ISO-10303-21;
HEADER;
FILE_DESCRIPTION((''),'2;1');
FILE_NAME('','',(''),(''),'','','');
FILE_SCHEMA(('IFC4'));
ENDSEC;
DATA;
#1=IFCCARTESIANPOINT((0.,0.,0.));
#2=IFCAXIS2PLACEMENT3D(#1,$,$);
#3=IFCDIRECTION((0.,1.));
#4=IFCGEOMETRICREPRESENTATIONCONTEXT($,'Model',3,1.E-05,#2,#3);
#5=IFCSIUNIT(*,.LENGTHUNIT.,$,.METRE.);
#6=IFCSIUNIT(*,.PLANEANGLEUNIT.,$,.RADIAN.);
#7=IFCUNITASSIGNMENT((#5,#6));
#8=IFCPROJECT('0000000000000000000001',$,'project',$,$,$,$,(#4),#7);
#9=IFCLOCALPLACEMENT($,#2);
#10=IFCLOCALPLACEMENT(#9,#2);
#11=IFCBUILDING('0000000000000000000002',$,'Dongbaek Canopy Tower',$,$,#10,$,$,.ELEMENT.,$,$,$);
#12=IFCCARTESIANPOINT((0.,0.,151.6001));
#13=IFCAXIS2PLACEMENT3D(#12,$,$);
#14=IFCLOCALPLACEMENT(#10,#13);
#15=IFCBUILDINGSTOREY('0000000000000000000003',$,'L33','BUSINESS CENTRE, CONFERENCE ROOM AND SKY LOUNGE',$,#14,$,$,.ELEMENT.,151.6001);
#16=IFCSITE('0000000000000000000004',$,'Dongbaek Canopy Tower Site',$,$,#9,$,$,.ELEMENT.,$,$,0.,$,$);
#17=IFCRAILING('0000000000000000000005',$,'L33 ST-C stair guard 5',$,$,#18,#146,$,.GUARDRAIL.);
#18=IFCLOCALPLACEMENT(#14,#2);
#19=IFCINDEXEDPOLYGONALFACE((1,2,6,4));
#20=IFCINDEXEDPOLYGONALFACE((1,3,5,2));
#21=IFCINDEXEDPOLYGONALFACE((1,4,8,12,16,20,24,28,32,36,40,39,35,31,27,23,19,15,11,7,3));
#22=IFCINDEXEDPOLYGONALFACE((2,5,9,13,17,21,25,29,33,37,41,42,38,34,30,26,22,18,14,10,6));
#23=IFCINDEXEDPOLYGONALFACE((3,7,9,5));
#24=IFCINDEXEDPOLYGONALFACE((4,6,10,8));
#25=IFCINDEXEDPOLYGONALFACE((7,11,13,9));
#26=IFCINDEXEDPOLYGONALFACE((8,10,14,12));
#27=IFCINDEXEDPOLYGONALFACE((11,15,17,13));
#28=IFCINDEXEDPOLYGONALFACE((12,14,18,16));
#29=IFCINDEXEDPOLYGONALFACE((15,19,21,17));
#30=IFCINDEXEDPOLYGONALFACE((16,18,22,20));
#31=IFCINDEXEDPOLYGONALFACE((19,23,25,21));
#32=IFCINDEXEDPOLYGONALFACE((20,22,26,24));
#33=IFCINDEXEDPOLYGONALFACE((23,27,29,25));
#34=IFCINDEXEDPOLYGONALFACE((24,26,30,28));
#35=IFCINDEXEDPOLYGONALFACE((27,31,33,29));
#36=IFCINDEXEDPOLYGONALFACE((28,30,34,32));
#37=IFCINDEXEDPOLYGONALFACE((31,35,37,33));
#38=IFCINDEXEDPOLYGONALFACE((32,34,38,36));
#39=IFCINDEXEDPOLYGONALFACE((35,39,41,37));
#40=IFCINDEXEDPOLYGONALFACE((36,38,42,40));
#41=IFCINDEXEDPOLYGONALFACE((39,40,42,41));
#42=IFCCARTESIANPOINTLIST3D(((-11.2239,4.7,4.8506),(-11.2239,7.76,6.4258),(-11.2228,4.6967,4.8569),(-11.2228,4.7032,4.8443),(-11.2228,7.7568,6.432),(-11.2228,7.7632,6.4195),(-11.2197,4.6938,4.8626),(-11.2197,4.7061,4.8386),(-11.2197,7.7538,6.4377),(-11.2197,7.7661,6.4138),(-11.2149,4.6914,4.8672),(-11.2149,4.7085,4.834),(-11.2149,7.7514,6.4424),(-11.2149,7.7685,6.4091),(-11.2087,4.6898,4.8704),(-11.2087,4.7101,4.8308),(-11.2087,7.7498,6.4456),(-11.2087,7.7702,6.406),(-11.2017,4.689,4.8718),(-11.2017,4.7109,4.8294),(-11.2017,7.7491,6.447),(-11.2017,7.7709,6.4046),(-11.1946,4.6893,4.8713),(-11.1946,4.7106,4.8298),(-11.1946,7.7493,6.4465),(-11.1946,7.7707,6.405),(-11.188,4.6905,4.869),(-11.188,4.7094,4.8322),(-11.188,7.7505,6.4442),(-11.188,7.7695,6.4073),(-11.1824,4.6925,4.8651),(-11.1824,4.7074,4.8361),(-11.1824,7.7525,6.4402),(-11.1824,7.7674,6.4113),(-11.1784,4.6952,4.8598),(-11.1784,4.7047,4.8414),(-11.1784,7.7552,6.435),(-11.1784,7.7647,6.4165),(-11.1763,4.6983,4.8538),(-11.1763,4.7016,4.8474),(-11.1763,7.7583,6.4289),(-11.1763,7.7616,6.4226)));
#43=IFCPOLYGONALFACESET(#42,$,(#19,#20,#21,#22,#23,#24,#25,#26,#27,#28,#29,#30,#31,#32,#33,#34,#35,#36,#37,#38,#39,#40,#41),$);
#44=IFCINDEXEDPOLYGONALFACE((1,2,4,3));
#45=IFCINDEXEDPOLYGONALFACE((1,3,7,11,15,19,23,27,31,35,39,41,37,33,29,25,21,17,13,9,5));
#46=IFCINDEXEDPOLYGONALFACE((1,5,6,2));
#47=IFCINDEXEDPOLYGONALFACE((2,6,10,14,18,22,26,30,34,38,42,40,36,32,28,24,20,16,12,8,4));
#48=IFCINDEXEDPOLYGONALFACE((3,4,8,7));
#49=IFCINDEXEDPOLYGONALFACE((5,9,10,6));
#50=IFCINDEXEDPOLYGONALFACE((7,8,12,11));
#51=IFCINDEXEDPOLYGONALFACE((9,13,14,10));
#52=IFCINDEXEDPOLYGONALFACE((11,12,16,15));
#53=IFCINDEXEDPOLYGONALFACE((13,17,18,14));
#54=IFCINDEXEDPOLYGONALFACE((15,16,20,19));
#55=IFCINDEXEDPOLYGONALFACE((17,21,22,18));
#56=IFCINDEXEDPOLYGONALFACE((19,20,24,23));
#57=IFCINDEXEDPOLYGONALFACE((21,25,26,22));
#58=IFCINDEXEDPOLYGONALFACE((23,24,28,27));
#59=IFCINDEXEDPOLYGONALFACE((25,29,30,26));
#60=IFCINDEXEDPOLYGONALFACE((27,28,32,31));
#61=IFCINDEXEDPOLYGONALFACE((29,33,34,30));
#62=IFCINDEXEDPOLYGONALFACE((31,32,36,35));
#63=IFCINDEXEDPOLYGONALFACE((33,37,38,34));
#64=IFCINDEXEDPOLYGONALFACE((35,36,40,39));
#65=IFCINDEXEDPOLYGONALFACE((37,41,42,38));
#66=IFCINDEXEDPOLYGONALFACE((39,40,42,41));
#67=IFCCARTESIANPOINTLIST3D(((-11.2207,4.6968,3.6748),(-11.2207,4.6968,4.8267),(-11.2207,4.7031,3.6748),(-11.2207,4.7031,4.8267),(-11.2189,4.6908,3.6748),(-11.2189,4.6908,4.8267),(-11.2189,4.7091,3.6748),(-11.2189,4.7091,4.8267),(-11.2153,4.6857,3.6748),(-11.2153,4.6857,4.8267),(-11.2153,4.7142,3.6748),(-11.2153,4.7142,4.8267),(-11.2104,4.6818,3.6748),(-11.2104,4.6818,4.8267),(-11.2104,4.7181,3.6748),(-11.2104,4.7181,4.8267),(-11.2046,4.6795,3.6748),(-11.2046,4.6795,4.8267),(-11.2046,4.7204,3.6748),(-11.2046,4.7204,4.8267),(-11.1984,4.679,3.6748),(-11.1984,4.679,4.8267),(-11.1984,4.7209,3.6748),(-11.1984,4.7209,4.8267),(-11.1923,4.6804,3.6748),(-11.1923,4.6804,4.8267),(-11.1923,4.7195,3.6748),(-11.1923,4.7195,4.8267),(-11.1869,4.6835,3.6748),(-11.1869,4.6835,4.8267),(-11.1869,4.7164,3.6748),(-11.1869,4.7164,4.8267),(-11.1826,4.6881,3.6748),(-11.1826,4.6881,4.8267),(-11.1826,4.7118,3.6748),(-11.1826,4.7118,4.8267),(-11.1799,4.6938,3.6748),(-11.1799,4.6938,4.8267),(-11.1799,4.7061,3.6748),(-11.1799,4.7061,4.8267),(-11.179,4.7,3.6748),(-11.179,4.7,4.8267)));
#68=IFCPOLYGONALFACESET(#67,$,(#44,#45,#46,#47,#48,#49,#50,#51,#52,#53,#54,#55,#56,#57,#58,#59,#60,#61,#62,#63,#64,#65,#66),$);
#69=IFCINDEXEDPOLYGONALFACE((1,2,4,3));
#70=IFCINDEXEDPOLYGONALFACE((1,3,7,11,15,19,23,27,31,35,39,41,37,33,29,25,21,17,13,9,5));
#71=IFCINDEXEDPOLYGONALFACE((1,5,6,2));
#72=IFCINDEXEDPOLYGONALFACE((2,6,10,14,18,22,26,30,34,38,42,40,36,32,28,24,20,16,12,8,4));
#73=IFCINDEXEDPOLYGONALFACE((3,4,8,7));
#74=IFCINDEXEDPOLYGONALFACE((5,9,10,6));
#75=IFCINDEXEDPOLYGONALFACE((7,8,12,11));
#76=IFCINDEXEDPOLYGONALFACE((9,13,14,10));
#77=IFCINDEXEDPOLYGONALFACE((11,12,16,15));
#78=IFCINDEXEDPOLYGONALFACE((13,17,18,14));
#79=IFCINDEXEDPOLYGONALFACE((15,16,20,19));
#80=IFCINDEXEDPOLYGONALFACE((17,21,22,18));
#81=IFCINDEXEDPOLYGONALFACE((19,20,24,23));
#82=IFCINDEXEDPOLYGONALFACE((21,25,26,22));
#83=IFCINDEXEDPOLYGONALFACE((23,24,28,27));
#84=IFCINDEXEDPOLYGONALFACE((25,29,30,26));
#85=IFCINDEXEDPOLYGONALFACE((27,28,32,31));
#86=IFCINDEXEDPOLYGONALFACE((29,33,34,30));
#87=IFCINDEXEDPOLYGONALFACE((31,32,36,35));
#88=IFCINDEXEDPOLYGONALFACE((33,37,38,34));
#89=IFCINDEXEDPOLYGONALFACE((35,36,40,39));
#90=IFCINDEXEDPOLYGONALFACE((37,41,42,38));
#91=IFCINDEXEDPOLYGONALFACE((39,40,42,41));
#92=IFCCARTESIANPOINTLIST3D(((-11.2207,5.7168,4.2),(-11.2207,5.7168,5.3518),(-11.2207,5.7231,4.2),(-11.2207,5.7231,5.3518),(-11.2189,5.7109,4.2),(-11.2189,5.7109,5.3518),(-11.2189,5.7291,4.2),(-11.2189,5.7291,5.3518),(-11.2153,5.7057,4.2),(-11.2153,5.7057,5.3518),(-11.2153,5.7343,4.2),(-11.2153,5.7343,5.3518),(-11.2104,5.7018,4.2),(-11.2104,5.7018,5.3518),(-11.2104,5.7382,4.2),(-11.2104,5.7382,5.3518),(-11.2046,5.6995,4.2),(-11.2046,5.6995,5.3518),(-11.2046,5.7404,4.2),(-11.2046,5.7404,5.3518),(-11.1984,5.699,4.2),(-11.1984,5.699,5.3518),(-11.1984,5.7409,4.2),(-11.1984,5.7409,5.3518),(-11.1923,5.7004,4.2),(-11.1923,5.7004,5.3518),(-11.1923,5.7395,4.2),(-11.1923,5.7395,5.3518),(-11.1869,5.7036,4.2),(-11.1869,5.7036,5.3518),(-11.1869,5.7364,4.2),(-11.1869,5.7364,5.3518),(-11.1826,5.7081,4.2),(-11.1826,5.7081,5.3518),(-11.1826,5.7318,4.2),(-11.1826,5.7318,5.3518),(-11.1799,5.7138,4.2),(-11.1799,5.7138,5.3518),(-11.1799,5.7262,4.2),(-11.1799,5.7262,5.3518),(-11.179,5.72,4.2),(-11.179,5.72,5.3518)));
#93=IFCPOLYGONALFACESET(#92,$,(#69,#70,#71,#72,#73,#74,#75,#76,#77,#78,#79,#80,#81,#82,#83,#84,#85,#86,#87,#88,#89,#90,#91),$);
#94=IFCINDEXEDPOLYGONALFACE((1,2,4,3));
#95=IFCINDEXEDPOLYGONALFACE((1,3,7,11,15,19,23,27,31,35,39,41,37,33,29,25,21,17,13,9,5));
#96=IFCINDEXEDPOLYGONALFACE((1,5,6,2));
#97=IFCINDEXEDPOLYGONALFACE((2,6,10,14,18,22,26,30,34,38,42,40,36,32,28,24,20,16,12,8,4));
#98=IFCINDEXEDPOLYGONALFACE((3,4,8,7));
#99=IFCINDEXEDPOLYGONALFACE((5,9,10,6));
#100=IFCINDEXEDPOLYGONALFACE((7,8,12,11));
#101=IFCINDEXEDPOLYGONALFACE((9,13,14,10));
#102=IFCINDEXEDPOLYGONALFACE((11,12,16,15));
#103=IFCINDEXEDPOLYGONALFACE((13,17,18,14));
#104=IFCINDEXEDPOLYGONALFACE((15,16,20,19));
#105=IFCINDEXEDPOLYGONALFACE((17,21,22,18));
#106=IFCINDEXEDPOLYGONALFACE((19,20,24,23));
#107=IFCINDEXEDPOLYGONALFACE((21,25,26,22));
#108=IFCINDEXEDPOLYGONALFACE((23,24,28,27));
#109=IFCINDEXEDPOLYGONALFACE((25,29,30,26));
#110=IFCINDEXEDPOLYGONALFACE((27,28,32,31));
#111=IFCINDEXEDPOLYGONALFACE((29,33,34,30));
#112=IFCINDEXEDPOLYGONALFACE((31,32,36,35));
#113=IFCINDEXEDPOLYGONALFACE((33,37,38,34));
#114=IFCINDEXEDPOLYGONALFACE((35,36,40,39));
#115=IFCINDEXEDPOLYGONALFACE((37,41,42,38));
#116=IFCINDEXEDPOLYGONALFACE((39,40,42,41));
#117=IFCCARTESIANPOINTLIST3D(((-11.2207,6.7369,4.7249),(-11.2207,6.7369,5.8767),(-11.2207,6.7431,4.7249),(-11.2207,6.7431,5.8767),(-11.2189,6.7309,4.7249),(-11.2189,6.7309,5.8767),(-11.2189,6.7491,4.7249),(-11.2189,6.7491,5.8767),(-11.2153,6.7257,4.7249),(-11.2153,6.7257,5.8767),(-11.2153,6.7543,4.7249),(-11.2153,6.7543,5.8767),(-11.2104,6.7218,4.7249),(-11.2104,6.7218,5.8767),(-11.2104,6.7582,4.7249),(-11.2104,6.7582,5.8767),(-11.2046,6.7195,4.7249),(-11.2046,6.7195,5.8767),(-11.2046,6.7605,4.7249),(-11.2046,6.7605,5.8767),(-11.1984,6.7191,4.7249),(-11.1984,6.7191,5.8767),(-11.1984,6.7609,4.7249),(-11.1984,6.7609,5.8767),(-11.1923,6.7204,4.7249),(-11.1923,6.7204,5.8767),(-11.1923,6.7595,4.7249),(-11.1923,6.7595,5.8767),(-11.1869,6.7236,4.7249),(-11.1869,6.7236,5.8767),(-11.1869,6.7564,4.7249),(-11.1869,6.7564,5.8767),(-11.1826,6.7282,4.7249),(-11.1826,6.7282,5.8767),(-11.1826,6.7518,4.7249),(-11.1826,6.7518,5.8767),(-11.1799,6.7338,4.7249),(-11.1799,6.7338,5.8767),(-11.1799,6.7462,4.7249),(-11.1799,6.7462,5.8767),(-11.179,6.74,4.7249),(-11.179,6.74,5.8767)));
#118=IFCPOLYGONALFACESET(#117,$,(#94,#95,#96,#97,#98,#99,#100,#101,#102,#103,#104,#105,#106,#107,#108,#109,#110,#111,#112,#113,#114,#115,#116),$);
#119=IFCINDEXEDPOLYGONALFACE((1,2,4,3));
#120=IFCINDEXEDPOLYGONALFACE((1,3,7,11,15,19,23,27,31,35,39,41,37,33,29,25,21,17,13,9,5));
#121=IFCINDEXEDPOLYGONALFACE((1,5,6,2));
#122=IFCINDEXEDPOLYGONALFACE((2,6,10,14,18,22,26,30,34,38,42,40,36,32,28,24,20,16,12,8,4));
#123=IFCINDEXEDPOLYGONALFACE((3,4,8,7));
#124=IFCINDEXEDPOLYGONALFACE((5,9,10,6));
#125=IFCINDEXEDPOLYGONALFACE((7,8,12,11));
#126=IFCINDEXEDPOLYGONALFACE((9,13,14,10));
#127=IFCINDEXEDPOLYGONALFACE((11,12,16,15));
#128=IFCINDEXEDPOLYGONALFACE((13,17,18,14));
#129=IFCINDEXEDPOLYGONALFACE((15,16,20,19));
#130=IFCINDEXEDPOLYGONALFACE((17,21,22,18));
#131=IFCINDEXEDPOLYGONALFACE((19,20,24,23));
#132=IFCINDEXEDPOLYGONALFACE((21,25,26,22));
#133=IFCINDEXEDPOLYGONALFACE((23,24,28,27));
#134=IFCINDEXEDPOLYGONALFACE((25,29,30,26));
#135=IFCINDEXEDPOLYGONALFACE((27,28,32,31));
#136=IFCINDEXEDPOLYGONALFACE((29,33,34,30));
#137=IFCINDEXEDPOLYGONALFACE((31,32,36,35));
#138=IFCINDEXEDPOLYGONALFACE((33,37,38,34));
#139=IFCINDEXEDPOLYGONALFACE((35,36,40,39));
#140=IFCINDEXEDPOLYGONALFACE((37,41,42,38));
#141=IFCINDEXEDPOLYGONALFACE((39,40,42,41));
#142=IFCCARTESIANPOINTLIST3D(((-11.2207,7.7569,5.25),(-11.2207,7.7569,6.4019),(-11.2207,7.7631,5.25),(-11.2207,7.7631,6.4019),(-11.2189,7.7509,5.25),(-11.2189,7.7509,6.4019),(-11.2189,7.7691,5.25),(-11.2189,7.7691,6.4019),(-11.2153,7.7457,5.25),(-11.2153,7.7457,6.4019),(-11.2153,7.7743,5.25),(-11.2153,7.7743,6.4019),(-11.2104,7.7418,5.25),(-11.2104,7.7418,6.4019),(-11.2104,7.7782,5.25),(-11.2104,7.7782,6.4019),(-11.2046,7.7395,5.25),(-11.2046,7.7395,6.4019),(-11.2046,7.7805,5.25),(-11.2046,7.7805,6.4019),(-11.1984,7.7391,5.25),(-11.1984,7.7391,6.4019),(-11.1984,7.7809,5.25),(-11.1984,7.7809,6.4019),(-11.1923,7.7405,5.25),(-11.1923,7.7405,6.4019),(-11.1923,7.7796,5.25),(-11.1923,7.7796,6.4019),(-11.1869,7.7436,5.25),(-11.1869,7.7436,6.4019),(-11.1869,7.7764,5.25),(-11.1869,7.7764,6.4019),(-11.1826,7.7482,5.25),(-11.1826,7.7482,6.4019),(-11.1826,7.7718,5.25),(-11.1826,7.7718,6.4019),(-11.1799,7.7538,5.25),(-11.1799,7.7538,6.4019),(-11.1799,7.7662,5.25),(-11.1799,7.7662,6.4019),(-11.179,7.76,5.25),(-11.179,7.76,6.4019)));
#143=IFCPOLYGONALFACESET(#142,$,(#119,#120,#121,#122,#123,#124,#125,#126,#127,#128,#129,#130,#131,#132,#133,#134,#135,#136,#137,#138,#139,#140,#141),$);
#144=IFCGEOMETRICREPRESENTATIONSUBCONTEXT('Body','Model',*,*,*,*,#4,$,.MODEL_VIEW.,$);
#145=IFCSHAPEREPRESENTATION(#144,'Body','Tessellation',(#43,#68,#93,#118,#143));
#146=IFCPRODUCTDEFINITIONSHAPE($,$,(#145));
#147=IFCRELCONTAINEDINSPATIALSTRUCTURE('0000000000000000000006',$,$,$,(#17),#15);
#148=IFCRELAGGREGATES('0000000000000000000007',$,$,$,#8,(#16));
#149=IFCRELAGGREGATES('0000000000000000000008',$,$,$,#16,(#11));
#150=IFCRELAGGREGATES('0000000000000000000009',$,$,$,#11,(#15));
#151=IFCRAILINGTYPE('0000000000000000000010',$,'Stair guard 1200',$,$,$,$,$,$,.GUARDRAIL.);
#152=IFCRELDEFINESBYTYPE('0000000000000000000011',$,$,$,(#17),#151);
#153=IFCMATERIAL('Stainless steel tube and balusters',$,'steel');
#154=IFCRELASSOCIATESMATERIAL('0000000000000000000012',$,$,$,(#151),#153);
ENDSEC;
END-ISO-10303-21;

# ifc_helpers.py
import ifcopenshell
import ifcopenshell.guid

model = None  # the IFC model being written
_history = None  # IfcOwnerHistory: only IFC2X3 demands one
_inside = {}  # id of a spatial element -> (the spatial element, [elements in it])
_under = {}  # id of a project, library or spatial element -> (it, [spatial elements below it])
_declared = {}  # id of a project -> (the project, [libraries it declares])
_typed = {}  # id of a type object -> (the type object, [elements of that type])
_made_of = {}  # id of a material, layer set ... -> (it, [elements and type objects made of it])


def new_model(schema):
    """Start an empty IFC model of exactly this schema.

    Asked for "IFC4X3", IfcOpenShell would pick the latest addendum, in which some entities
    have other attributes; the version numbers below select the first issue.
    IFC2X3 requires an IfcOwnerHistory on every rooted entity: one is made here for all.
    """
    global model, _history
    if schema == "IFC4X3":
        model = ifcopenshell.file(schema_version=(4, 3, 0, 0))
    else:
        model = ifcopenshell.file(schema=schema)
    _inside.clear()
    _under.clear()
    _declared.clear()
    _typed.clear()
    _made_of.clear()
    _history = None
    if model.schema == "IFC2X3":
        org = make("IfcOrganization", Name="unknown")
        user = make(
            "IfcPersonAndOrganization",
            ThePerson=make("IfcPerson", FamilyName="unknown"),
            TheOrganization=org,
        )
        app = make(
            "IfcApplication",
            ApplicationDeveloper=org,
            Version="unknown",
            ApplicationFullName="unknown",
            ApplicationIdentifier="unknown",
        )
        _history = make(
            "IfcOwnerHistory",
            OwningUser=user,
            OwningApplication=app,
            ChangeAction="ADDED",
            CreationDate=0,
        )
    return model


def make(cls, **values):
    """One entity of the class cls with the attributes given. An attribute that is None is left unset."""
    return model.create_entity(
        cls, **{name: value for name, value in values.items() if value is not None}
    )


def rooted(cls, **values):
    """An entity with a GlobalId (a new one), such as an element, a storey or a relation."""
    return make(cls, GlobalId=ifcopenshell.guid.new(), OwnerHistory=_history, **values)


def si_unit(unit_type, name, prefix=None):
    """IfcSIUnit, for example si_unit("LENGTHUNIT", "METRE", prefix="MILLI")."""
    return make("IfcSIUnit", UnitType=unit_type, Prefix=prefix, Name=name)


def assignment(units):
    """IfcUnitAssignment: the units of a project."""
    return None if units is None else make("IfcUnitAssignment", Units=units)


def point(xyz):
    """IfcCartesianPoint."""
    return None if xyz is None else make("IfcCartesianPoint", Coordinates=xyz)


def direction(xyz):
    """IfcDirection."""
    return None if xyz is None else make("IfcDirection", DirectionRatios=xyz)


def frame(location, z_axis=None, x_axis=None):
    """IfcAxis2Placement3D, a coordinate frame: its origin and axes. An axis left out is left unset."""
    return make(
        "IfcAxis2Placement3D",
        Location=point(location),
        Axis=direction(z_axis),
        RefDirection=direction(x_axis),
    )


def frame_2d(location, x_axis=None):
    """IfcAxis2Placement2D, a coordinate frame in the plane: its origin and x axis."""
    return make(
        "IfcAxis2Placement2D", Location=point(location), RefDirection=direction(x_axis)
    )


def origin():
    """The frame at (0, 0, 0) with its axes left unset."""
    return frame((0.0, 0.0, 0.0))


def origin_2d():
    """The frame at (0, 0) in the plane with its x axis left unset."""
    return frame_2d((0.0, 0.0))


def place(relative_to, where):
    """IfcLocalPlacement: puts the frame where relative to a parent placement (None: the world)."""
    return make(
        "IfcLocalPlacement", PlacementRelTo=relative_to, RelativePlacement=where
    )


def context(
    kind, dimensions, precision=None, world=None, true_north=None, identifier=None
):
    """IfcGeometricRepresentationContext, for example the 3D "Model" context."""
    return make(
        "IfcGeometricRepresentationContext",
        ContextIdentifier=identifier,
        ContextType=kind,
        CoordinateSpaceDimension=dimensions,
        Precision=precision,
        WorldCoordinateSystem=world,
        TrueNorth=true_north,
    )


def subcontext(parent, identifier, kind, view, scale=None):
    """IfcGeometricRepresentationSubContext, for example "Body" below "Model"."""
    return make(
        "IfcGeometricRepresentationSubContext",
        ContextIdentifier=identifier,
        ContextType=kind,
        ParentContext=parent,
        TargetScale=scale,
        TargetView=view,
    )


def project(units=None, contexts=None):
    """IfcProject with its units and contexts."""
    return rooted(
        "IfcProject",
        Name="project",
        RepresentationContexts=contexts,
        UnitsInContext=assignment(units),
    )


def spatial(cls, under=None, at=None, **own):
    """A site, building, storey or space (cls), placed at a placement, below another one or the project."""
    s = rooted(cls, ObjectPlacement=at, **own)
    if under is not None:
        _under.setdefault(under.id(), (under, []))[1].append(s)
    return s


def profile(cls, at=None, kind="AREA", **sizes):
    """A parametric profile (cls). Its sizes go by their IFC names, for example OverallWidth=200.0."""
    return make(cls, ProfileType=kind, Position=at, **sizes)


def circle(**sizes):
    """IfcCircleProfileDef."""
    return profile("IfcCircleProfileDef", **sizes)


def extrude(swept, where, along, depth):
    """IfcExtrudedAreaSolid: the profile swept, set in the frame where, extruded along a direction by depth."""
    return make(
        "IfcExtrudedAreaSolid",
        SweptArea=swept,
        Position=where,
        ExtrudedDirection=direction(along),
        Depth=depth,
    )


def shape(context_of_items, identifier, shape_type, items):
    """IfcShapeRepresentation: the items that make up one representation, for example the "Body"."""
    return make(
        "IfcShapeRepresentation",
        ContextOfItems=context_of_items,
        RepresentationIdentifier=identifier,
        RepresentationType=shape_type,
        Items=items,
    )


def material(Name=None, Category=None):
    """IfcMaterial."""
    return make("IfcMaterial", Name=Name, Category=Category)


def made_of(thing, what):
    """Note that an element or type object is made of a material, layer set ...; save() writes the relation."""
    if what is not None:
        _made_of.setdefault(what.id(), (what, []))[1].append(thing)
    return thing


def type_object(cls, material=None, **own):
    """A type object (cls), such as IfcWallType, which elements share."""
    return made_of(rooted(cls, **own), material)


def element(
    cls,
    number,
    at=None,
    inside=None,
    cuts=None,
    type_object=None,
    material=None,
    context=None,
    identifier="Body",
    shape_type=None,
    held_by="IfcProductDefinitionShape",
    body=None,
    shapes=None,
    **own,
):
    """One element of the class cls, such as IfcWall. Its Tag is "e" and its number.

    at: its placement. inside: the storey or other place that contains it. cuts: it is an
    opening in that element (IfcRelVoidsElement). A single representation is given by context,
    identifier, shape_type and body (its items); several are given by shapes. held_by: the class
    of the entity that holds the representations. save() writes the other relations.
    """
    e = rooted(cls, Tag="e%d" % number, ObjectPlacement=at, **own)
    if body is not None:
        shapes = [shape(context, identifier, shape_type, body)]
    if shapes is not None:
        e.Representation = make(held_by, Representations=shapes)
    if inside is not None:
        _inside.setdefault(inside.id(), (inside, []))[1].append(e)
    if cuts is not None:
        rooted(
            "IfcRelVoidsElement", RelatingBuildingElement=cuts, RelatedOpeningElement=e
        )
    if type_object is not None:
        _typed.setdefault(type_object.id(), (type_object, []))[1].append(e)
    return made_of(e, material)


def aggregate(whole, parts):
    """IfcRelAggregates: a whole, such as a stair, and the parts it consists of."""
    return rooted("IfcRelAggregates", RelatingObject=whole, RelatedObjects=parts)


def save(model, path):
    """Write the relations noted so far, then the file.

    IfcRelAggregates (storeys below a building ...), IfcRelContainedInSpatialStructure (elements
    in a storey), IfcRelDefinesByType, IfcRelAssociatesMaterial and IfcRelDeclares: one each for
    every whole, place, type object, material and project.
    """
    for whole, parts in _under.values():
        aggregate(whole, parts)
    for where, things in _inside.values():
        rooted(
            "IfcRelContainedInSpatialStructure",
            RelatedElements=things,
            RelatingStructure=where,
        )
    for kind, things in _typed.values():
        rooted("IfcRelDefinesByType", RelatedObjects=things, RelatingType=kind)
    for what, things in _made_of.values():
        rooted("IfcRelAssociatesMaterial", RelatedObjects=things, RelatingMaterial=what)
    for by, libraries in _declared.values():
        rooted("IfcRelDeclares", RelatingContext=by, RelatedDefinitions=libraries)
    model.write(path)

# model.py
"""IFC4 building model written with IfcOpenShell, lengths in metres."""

from ifc_helpers import new_model, si_unit, direction, frame, origin, origin_2d, place, context, subcontext, project, spatial, circle, extrude, material, type_object, element, save


model = new_model("IFC4")

# Units and contexts
model_context = context("Model", 3, precision=1e-05, world=origin(), true_north=direction((0.0, 1.0)))
body_context = subcontext(model_context, "Body", "Model", "MODEL_VIEW")
ifc_project = project(units=[si_unit("LENGTHUNIT", "METRE"), si_unit("PLANEANGLEUNIT", "RADIAN")], contexts=[model_context])

# Site, building, storey
site_placement = place(None, origin())
site = spatial("IfcSite", under=ifc_project, at=site_placement, Name="Dongbaek Canopy Tower Site", CompositionType="ELEMENT", RefElevation=0.0)
building_placement = place(site_placement, origin())
building = spatial("IfcBuilding", under=site, at=building_placement, Name="Dongbaek Canopy Tower", CompositionType="ELEMENT")
storey_placement = place(building_placement, frame((0.0, 0.0, 151.6001)))
storey = spatial("IfcBuildingStorey", under=building, at=storey_placement, Name="L33", Description="BUSINESS CENTRE, CONFERENCE ROOM AND SKY LOUNGE", CompositionType="ELEMENT", Elevation=151.6001)

# Railing
ifc_material_1 = material(Name="Stainless steel tube and balusters", Category="steel")
railing_type_1 = type_object("IfcRailingType", Name="Stair guard 1200", PredefinedType="GUARDRAIL", material=ifc_material_1)
railing_1_placement = place(storey_placement, frame((-11.2, 4.7, 3.6748)))
element("IfcRailing", 1, at=railing_1_placement, inside=storey, type_object=railing_type_1, Name="L33 ST-C stair guard 5", PredefinedType="GUARDRAIL", context=body_context, shape_type="SweptSolid", body=[
    extrude(circle(Radius=0.0239, at=origin_2d()), frame((0.0, 0.0, 1.1758), z_axis=(0.0, 0.889116, 0.457681), x_axis=(-1.0, 0.0, 0.0)), (0.0, 0.0, 1.0), 3.4417),
    extrude(circle(Radius=0.021, at=origin_2d()), origin(), (0.0, 0.0, 1.0), 1.1519),
    extrude(circle(Radius=0.021, at=origin_2d()), frame((0.0, 1.02, 0.5251)), (0.0, 0.0, 1.0), 1.1519),
    extrude(circle(Radius=0.021, at=origin_2d()), frame((0.0, 2.04, 1.05)), (0.0, 0.0, 1.0), 1.1519),
    extrude(circle(Radius=0.021, at=origin_2d()), frame((0.0, 3.0601, 1.5752)), (0.0, 0.0, 1.0), 1.1519),
])

save(model, "model.ifc")
